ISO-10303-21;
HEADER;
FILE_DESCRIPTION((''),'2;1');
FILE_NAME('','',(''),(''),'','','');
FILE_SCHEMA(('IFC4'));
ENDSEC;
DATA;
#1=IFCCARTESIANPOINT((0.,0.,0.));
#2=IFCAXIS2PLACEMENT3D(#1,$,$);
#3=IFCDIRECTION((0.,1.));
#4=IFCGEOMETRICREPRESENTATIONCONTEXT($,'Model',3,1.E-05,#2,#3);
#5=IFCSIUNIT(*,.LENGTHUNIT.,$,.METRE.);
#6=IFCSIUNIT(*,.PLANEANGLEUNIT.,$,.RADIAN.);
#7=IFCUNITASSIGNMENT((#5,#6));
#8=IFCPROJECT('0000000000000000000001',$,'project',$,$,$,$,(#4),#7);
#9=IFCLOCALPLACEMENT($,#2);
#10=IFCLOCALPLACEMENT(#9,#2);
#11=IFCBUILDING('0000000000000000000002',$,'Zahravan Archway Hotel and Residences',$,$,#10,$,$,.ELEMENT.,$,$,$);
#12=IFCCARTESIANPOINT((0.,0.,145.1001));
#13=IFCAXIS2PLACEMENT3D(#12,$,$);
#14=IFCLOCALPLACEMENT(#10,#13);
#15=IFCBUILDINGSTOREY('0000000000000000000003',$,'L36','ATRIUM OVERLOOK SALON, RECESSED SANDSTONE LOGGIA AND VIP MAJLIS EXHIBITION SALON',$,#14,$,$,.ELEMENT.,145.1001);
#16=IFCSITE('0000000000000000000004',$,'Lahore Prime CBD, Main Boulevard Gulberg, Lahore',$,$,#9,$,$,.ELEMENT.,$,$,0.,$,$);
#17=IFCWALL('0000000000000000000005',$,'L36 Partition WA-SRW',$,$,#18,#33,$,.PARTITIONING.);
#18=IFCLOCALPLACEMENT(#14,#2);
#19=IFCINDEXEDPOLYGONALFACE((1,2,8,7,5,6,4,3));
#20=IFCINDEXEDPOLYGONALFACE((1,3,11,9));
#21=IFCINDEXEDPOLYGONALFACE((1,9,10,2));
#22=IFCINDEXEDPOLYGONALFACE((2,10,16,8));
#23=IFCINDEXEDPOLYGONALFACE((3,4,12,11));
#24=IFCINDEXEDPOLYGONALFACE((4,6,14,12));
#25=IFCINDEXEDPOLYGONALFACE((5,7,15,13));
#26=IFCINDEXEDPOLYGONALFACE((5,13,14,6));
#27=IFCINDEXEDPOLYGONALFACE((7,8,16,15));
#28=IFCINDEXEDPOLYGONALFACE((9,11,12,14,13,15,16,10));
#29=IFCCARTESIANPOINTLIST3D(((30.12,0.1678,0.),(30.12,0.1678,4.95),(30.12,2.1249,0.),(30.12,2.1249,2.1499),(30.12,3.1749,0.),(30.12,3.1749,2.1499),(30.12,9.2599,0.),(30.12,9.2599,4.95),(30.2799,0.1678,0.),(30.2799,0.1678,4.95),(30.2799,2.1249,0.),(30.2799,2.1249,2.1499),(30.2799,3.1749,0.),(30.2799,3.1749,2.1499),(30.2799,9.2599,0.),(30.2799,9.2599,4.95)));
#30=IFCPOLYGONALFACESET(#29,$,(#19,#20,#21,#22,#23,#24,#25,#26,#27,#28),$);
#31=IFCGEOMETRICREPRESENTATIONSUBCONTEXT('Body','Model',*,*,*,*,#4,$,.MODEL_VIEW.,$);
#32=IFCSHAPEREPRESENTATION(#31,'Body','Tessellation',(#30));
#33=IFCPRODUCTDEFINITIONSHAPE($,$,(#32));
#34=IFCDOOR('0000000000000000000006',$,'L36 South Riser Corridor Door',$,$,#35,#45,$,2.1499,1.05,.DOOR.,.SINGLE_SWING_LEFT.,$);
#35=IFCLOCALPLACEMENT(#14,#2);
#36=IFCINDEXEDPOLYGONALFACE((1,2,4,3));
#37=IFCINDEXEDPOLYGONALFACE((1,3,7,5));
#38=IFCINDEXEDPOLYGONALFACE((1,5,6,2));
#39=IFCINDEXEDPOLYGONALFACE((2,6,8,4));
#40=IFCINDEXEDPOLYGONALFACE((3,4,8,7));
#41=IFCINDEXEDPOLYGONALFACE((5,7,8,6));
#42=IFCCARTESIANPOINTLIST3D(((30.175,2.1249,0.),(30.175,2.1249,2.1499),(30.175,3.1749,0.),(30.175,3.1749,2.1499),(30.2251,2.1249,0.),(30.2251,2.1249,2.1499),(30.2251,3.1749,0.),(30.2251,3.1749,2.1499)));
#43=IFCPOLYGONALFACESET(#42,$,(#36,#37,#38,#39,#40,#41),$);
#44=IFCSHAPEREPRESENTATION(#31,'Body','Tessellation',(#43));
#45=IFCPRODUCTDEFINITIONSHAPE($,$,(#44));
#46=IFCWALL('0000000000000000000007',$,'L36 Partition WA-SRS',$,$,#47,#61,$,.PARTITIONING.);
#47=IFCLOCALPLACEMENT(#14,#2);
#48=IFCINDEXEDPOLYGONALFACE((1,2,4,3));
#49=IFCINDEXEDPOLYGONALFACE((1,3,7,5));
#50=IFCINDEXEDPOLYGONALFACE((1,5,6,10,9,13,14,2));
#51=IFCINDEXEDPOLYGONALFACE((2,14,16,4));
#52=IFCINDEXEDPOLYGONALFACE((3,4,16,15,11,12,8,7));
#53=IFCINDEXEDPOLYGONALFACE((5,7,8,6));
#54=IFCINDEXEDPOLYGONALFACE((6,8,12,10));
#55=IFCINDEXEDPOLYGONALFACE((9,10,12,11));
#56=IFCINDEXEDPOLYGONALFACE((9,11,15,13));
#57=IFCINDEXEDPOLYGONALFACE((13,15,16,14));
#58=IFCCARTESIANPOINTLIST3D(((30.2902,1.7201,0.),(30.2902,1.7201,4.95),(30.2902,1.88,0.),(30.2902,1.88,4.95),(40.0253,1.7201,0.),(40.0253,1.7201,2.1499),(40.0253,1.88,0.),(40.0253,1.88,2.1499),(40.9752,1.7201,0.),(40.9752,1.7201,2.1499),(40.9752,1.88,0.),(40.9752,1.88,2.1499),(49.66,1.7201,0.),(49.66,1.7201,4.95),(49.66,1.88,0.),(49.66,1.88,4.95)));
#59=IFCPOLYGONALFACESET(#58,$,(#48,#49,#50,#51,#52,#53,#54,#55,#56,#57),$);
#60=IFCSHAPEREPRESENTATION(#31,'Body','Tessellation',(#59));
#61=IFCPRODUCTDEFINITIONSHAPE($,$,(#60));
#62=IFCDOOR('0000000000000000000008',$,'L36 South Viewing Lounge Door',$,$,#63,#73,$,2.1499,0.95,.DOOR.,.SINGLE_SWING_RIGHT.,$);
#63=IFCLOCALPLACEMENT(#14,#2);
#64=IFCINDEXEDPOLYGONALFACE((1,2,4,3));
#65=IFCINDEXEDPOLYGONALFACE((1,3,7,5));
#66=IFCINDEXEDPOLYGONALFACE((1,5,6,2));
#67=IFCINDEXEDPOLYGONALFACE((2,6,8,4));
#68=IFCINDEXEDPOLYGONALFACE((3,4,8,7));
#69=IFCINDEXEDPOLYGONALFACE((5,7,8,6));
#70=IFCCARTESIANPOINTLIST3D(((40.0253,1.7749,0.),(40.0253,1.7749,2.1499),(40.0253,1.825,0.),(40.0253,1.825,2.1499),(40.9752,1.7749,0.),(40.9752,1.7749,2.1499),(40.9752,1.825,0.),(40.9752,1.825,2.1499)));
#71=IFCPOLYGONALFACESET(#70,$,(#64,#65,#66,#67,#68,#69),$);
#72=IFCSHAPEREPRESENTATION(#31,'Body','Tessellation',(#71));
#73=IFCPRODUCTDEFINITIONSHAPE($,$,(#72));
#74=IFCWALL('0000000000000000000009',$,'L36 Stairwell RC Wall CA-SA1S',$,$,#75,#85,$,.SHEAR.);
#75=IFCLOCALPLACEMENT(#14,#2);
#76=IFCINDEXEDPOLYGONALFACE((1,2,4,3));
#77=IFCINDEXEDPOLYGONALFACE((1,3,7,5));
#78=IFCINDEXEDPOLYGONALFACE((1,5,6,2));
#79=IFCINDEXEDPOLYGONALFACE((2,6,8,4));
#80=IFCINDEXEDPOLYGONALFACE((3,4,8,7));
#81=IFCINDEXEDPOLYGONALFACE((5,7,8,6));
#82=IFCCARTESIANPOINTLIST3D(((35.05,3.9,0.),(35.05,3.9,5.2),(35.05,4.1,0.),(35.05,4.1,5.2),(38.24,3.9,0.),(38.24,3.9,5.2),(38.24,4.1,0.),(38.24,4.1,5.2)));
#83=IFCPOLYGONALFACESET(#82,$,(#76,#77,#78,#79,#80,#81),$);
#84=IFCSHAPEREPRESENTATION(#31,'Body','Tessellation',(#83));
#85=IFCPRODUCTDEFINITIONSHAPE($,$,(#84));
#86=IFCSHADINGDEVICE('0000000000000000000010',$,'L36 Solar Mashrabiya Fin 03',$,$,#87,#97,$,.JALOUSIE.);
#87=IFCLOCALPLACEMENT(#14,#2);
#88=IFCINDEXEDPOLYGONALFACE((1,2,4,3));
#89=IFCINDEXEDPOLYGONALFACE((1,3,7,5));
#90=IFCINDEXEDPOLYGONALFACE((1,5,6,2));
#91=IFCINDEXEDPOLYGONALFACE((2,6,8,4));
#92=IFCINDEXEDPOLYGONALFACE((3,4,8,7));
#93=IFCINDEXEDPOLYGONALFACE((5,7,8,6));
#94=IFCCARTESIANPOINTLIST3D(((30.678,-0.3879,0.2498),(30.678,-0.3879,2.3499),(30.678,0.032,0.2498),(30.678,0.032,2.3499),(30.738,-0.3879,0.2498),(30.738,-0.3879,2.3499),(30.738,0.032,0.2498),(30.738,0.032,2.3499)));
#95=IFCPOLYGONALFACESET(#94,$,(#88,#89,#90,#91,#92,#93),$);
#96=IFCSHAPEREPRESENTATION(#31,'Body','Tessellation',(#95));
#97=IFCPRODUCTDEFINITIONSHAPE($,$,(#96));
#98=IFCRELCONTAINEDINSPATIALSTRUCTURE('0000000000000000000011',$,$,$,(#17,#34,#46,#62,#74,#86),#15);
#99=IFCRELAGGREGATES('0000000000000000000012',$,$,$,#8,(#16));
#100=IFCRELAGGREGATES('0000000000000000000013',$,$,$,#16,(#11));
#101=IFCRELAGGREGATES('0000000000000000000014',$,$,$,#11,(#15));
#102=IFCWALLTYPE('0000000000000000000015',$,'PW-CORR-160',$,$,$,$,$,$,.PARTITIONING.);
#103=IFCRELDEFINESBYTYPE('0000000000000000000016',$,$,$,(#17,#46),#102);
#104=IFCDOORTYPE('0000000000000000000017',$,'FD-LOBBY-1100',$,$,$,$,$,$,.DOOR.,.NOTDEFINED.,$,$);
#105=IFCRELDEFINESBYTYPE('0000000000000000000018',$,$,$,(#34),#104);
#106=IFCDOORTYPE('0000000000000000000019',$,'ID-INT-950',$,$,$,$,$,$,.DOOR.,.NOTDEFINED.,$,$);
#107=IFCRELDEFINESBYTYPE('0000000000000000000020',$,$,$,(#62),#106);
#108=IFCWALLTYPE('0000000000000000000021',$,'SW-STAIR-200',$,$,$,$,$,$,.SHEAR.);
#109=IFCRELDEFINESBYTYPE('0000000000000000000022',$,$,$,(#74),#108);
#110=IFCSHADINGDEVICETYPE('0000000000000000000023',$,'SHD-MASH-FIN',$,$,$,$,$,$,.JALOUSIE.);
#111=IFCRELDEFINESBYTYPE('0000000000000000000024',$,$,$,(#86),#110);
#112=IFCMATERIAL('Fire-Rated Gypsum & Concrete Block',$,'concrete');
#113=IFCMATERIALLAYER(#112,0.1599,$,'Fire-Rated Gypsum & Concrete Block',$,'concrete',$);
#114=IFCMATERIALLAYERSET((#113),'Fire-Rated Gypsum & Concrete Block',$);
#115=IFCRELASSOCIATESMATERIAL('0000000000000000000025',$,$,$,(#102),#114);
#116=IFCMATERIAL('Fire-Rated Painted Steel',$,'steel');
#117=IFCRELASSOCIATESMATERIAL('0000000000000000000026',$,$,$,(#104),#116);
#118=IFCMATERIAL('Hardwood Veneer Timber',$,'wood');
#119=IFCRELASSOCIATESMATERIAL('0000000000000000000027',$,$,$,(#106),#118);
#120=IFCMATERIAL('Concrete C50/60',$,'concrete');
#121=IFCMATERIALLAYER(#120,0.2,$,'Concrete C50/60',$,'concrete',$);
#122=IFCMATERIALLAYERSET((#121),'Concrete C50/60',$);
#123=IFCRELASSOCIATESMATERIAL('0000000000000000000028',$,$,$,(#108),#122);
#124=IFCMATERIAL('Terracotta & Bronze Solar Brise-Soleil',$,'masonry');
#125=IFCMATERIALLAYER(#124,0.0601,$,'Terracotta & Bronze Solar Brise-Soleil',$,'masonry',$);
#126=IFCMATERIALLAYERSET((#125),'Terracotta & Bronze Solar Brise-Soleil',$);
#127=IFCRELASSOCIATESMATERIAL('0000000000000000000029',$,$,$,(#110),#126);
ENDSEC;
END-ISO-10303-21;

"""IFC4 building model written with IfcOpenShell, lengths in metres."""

from ifc_helpers import new_model, si_unit, direction, frame, frame_2d, origin, origin_2d, place, context, subcontext, project, spatial, rectangle, extrude, source, transform, mapped, material, layer, layer_set, type_object, type_shapes, element, fill, save


model = new_model("IFC4")

# Units and contexts
model_context = context("Model", 3, precision=1e-05, world=origin(), true_north=direction((0.0, 1.0)))
body_context = subcontext(model_context, "Body", "Model", "MODEL_VIEW")
ifc_project = project(units=[si_unit("LENGTHUNIT", "METRE"), si_unit("PLANEANGLEUNIT", "RADIAN")], contexts=[model_context])

# Site, building, storey
site_placement = place(None, origin())
site = spatial("IfcSite", under=ifc_project, at=site_placement, Name="Lahore Prime CBD, Main Boulevard Gulberg, Lahore", CompositionType="ELEMENT", RefElevation=0.0)
building_placement = place(site_placement, origin())
building = spatial("IfcBuilding", under=site, at=building_placement, Name="Zahravan Archway Hotel and Residences", CompositionType="ELEMENT")
storey_placement = place(building_placement, frame((0.0, 0.0, 145.1001)))
storey = spatial("IfcBuildingStorey", under=building, at=storey_placement, Name="L36", Description="ATRIUM OVERLOOK SALON, RECESSED SANDSTONE LOGGIA AND VIP MAJLIS EXHIBITION SALON", CompositionType="ELEMENT", Elevation=145.1001)

# Shared definitions
ifc_material_1 = material(Name="Fire-Rated Painted Steel", Category="steel")

# Walls, openings, doors
ifc_material_2 = material(Name="Fire-Rated Gypsum & Concrete Block", Category="concrete")
ifc_layer_1 = layer(ifc_material_2, 0.1599, Name="Fire-Rated Gypsum & Concrete Block", Category="concrete")
ifc_layer_set_1 = layer_set([ifc_layer_1], Name="Fire-Rated Gypsum & Concrete Block")
wall_type_1 = type_object("IfcWallType", Name="PW-CORR-160", PredefinedType="PARTITIONING", material=ifc_layer_set_1)
wall_1_placement = place(storey_placement, frame((30.2, 0.168, 0.0), z_axis=(0.0, 0.0, 1.0), x_axis=(0.0, 1.0, 0.0)))
wall_1 = element("IfcWall", 1, at=wall_1_placement, inside=storey, type_object=wall_type_1, Name="L36 Partition WA-SRW", PredefinedType="PARTITIONING", context=body_context, shape_type="SweptSolid", body=[
    extrude(rectangle(XDim=9.092, YDim=0.1599, at=frame_2d((4.5459, 0.0))), origin(), (0.0, 0.0, 1.0), 4.95),
])
opening_1_placement = place(wall_1_placement, frame((1.957, 0.0, 0.0)))
opening_1 = element("IfcOpeningElement", 2, at=opening_1_placement, cuts=wall_1, PredefinedType="OPENING", context=body_context, shape_type="SweptSolid", body=[
    extrude(rectangle(XDim=1.05, YDim=2.1499, at=frame_2d((0.5249, 1.075))), frame((0.0, 0.0898, 0.0), z_axis=(0.0, -1.0, 0.0), x_axis=(1.0, 0.0, 0.0)), (0.0, 0.0, 1.0), 0.1799),
])
door_type_1 = type_object("IfcDoorType", Name="FD-LOBBY-1100", OperationType="NOTDEFINED", PredefinedType="DOOR", material=ifc_material_1)
shared_shape_1 = source(origin(), body_context, "Body", "SweptSolid", [
    extrude(rectangle(XDim=1.05, YDim=2.1499, at=frame_2d((0.5249, 1.075))), frame((0.0, 0.0249, 0.0), z_axis=(0.0, -1.0, 0.0), x_axis=(1.0, 0.0, 0.0)), (0.0, 0.0, 1.0), 0.05),
])
type_shapes(door_type_1, [shared_shape_1])
door_1_placement = place(opening_1_placement, origin())
door_1 = element("IfcDoor", 3, at=door_1_placement, inside=storey, type_object=door_type_1, Name="L36 South Riser Corridor Door", OperationType="SINGLE_SWING_LEFT", OverallHeight=2.1499, OverallWidth=1.05, PredefinedType="DOOR", context=body_context, shape_type="MappedRepresentation", body=[
    mapped(shared_shape_1, transform((0.0, 0.0, 0.0), scale=1.0)),
])
fill(opening_1, door_1)
wall_2_placement = place(storey_placement, frame((30.29, 1.8, 0.0), z_axis=(0.0, 0.0, 1.0), x_axis=(1.0, 0.0, 0.0)))
wall_2 = element("IfcWall", 4, at=wall_2_placement, inside=storey, type_object=wall_type_1, Name="L36 Partition WA-SRS", PredefinedType="PARTITIONING", context=body_context, shape_type="SweptSolid", body=[
    extrude(rectangle(XDim=19.3699, YDim=0.1599, at=frame_2d((9.6851, 0.0))), origin(), (0.0, 0.0, 1.0), 4.95),
])
opening_2_placement = place(wall_2_placement, frame((9.7351, 0.0, 0.0)))
opening_2 = element("IfcOpeningElement", 5, at=opening_2_placement, cuts=wall_2, PredefinedType="OPENING", context=body_context, shape_type="SweptSolid", body=[
    extrude(rectangle(XDim=0.95, YDim=2.1499, at=frame_2d((0.4751, 1.075))), frame((0.0, 0.0898, 0.0), z_axis=(0.0, -1.0, 0.0), x_axis=(1.0, 0.0, 0.0)), (0.0, 0.0, 1.0), 0.1799),
])
ifc_material_3 = material(Name="Hardwood Veneer Timber", Category="wood")
door_type_2 = type_object("IfcDoorType", Name="ID-INT-950", OperationType="NOTDEFINED", PredefinedType="DOOR", material=ifc_material_3)
shared_shape_2 = source(origin(), body_context, "Body", "SweptSolid", [
    extrude(rectangle(XDim=0.95, YDim=2.1499, at=frame_2d((0.4751, 1.075))), frame((0.0, 0.0249, 0.0), z_axis=(0.0, -1.0, 0.0), x_axis=(1.0, 0.0, 0.0)), (0.0, 0.0, 1.0), 0.05),
])
type_shapes(door_type_2, [shared_shape_2])
door_2_placement = place(opening_2_placement, origin())
door_2 = element("IfcDoor", 6, at=door_2_placement, inside=storey, type_object=door_type_2, Name="L36 South Viewing Lounge Door", OperationType="SINGLE_SWING_RIGHT", OverallHeight=2.1499, OverallWidth=0.95, PredefinedType="DOOR", context=body_context, shape_type="MappedRepresentation", body=[
    mapped(shared_shape_2, transform((0.0, 0.0, 0.0), scale=1.0)),
])
fill(opening_2, door_2)

# Wall
ifc_material_4 = material(Name="Concrete C50/60", Category="concrete")
ifc_layer_2 = layer(ifc_material_4, 0.2, Name="Concrete C50/60", Category="concrete")
ifc_layer_set_2 = layer_set([ifc_layer_2], Name="Concrete C50/60")
wall_type_2 = type_object("IfcWallType", Name="SW-STAIR-200", PredefinedType="SHEAR", material=ifc_layer_set_2)
wall_3_placement = place(storey_placement, frame((35.05, 4.0, 0.0), z_axis=(0.0, 0.0, 1.0), x_axis=(1.0, 0.0, 0.0)))
element("IfcWall", 7, at=wall_3_placement, inside=storey, type_object=wall_type_2, Name="L36 Stairwell RC Wall CA-SA1S", PredefinedType="SHEAR", context=body_context, shape_type="SweptSolid", body=[
    extrude(rectangle(XDim=3.1899, YDim=0.2, at=frame_2d((1.595, 0.0))), origin(), (0.0, 0.0, 1.0), 5.2),
])

# Shading device
ifc_material_5 = material(Name="Terracotta & Bronze Solar Brise-Soleil", Category="masonry")
ifc_layer_3 = layer(ifc_material_5, 0.0601, Name="Terracotta & Bronze Solar Brise-Soleil", Category="masonry")
ifc_layer_set_3 = layer_set([ifc_layer_3], Name="Terracotta & Bronze Solar Brise-Soleil")
shading_device_type = type_object("IfcShadingDeviceType", Name="SHD-MASH-FIN", PredefinedType="JALOUSIE", material=ifc_layer_set_3)
shared_shape_3 = source(origin(), body_context, "Body", "SweptSolid", [
    extrude(rectangle(XDim=0.0601, YDim=0.4199, at=origin_2d()), origin(), (0.0, 0.0, 1.0), 2.1001),
])
type_shapes(shading_device_type, [shared_shape_3])
shading_device_placement = place(storey_placement, frame((30.708, -0.178, 0.2498), z_axis=(0.0, 0.0, 1.0), x_axis=(1.0, 0.0, 0.0)))
element("IfcShadingDevice", 8, at=shading_device_placement, inside=storey, type_object=shading_device_type, Name="L36 Solar Mashrabiya Fin 03", PredefinedType="JALOUSIE", context=body_context, shape_type="MappedRepresentation", body=[
    mapped(shared_shape_3, transform((0.0, 0.0, 0.0), scale=1.0)),
])

save(model, "model.ifc")
